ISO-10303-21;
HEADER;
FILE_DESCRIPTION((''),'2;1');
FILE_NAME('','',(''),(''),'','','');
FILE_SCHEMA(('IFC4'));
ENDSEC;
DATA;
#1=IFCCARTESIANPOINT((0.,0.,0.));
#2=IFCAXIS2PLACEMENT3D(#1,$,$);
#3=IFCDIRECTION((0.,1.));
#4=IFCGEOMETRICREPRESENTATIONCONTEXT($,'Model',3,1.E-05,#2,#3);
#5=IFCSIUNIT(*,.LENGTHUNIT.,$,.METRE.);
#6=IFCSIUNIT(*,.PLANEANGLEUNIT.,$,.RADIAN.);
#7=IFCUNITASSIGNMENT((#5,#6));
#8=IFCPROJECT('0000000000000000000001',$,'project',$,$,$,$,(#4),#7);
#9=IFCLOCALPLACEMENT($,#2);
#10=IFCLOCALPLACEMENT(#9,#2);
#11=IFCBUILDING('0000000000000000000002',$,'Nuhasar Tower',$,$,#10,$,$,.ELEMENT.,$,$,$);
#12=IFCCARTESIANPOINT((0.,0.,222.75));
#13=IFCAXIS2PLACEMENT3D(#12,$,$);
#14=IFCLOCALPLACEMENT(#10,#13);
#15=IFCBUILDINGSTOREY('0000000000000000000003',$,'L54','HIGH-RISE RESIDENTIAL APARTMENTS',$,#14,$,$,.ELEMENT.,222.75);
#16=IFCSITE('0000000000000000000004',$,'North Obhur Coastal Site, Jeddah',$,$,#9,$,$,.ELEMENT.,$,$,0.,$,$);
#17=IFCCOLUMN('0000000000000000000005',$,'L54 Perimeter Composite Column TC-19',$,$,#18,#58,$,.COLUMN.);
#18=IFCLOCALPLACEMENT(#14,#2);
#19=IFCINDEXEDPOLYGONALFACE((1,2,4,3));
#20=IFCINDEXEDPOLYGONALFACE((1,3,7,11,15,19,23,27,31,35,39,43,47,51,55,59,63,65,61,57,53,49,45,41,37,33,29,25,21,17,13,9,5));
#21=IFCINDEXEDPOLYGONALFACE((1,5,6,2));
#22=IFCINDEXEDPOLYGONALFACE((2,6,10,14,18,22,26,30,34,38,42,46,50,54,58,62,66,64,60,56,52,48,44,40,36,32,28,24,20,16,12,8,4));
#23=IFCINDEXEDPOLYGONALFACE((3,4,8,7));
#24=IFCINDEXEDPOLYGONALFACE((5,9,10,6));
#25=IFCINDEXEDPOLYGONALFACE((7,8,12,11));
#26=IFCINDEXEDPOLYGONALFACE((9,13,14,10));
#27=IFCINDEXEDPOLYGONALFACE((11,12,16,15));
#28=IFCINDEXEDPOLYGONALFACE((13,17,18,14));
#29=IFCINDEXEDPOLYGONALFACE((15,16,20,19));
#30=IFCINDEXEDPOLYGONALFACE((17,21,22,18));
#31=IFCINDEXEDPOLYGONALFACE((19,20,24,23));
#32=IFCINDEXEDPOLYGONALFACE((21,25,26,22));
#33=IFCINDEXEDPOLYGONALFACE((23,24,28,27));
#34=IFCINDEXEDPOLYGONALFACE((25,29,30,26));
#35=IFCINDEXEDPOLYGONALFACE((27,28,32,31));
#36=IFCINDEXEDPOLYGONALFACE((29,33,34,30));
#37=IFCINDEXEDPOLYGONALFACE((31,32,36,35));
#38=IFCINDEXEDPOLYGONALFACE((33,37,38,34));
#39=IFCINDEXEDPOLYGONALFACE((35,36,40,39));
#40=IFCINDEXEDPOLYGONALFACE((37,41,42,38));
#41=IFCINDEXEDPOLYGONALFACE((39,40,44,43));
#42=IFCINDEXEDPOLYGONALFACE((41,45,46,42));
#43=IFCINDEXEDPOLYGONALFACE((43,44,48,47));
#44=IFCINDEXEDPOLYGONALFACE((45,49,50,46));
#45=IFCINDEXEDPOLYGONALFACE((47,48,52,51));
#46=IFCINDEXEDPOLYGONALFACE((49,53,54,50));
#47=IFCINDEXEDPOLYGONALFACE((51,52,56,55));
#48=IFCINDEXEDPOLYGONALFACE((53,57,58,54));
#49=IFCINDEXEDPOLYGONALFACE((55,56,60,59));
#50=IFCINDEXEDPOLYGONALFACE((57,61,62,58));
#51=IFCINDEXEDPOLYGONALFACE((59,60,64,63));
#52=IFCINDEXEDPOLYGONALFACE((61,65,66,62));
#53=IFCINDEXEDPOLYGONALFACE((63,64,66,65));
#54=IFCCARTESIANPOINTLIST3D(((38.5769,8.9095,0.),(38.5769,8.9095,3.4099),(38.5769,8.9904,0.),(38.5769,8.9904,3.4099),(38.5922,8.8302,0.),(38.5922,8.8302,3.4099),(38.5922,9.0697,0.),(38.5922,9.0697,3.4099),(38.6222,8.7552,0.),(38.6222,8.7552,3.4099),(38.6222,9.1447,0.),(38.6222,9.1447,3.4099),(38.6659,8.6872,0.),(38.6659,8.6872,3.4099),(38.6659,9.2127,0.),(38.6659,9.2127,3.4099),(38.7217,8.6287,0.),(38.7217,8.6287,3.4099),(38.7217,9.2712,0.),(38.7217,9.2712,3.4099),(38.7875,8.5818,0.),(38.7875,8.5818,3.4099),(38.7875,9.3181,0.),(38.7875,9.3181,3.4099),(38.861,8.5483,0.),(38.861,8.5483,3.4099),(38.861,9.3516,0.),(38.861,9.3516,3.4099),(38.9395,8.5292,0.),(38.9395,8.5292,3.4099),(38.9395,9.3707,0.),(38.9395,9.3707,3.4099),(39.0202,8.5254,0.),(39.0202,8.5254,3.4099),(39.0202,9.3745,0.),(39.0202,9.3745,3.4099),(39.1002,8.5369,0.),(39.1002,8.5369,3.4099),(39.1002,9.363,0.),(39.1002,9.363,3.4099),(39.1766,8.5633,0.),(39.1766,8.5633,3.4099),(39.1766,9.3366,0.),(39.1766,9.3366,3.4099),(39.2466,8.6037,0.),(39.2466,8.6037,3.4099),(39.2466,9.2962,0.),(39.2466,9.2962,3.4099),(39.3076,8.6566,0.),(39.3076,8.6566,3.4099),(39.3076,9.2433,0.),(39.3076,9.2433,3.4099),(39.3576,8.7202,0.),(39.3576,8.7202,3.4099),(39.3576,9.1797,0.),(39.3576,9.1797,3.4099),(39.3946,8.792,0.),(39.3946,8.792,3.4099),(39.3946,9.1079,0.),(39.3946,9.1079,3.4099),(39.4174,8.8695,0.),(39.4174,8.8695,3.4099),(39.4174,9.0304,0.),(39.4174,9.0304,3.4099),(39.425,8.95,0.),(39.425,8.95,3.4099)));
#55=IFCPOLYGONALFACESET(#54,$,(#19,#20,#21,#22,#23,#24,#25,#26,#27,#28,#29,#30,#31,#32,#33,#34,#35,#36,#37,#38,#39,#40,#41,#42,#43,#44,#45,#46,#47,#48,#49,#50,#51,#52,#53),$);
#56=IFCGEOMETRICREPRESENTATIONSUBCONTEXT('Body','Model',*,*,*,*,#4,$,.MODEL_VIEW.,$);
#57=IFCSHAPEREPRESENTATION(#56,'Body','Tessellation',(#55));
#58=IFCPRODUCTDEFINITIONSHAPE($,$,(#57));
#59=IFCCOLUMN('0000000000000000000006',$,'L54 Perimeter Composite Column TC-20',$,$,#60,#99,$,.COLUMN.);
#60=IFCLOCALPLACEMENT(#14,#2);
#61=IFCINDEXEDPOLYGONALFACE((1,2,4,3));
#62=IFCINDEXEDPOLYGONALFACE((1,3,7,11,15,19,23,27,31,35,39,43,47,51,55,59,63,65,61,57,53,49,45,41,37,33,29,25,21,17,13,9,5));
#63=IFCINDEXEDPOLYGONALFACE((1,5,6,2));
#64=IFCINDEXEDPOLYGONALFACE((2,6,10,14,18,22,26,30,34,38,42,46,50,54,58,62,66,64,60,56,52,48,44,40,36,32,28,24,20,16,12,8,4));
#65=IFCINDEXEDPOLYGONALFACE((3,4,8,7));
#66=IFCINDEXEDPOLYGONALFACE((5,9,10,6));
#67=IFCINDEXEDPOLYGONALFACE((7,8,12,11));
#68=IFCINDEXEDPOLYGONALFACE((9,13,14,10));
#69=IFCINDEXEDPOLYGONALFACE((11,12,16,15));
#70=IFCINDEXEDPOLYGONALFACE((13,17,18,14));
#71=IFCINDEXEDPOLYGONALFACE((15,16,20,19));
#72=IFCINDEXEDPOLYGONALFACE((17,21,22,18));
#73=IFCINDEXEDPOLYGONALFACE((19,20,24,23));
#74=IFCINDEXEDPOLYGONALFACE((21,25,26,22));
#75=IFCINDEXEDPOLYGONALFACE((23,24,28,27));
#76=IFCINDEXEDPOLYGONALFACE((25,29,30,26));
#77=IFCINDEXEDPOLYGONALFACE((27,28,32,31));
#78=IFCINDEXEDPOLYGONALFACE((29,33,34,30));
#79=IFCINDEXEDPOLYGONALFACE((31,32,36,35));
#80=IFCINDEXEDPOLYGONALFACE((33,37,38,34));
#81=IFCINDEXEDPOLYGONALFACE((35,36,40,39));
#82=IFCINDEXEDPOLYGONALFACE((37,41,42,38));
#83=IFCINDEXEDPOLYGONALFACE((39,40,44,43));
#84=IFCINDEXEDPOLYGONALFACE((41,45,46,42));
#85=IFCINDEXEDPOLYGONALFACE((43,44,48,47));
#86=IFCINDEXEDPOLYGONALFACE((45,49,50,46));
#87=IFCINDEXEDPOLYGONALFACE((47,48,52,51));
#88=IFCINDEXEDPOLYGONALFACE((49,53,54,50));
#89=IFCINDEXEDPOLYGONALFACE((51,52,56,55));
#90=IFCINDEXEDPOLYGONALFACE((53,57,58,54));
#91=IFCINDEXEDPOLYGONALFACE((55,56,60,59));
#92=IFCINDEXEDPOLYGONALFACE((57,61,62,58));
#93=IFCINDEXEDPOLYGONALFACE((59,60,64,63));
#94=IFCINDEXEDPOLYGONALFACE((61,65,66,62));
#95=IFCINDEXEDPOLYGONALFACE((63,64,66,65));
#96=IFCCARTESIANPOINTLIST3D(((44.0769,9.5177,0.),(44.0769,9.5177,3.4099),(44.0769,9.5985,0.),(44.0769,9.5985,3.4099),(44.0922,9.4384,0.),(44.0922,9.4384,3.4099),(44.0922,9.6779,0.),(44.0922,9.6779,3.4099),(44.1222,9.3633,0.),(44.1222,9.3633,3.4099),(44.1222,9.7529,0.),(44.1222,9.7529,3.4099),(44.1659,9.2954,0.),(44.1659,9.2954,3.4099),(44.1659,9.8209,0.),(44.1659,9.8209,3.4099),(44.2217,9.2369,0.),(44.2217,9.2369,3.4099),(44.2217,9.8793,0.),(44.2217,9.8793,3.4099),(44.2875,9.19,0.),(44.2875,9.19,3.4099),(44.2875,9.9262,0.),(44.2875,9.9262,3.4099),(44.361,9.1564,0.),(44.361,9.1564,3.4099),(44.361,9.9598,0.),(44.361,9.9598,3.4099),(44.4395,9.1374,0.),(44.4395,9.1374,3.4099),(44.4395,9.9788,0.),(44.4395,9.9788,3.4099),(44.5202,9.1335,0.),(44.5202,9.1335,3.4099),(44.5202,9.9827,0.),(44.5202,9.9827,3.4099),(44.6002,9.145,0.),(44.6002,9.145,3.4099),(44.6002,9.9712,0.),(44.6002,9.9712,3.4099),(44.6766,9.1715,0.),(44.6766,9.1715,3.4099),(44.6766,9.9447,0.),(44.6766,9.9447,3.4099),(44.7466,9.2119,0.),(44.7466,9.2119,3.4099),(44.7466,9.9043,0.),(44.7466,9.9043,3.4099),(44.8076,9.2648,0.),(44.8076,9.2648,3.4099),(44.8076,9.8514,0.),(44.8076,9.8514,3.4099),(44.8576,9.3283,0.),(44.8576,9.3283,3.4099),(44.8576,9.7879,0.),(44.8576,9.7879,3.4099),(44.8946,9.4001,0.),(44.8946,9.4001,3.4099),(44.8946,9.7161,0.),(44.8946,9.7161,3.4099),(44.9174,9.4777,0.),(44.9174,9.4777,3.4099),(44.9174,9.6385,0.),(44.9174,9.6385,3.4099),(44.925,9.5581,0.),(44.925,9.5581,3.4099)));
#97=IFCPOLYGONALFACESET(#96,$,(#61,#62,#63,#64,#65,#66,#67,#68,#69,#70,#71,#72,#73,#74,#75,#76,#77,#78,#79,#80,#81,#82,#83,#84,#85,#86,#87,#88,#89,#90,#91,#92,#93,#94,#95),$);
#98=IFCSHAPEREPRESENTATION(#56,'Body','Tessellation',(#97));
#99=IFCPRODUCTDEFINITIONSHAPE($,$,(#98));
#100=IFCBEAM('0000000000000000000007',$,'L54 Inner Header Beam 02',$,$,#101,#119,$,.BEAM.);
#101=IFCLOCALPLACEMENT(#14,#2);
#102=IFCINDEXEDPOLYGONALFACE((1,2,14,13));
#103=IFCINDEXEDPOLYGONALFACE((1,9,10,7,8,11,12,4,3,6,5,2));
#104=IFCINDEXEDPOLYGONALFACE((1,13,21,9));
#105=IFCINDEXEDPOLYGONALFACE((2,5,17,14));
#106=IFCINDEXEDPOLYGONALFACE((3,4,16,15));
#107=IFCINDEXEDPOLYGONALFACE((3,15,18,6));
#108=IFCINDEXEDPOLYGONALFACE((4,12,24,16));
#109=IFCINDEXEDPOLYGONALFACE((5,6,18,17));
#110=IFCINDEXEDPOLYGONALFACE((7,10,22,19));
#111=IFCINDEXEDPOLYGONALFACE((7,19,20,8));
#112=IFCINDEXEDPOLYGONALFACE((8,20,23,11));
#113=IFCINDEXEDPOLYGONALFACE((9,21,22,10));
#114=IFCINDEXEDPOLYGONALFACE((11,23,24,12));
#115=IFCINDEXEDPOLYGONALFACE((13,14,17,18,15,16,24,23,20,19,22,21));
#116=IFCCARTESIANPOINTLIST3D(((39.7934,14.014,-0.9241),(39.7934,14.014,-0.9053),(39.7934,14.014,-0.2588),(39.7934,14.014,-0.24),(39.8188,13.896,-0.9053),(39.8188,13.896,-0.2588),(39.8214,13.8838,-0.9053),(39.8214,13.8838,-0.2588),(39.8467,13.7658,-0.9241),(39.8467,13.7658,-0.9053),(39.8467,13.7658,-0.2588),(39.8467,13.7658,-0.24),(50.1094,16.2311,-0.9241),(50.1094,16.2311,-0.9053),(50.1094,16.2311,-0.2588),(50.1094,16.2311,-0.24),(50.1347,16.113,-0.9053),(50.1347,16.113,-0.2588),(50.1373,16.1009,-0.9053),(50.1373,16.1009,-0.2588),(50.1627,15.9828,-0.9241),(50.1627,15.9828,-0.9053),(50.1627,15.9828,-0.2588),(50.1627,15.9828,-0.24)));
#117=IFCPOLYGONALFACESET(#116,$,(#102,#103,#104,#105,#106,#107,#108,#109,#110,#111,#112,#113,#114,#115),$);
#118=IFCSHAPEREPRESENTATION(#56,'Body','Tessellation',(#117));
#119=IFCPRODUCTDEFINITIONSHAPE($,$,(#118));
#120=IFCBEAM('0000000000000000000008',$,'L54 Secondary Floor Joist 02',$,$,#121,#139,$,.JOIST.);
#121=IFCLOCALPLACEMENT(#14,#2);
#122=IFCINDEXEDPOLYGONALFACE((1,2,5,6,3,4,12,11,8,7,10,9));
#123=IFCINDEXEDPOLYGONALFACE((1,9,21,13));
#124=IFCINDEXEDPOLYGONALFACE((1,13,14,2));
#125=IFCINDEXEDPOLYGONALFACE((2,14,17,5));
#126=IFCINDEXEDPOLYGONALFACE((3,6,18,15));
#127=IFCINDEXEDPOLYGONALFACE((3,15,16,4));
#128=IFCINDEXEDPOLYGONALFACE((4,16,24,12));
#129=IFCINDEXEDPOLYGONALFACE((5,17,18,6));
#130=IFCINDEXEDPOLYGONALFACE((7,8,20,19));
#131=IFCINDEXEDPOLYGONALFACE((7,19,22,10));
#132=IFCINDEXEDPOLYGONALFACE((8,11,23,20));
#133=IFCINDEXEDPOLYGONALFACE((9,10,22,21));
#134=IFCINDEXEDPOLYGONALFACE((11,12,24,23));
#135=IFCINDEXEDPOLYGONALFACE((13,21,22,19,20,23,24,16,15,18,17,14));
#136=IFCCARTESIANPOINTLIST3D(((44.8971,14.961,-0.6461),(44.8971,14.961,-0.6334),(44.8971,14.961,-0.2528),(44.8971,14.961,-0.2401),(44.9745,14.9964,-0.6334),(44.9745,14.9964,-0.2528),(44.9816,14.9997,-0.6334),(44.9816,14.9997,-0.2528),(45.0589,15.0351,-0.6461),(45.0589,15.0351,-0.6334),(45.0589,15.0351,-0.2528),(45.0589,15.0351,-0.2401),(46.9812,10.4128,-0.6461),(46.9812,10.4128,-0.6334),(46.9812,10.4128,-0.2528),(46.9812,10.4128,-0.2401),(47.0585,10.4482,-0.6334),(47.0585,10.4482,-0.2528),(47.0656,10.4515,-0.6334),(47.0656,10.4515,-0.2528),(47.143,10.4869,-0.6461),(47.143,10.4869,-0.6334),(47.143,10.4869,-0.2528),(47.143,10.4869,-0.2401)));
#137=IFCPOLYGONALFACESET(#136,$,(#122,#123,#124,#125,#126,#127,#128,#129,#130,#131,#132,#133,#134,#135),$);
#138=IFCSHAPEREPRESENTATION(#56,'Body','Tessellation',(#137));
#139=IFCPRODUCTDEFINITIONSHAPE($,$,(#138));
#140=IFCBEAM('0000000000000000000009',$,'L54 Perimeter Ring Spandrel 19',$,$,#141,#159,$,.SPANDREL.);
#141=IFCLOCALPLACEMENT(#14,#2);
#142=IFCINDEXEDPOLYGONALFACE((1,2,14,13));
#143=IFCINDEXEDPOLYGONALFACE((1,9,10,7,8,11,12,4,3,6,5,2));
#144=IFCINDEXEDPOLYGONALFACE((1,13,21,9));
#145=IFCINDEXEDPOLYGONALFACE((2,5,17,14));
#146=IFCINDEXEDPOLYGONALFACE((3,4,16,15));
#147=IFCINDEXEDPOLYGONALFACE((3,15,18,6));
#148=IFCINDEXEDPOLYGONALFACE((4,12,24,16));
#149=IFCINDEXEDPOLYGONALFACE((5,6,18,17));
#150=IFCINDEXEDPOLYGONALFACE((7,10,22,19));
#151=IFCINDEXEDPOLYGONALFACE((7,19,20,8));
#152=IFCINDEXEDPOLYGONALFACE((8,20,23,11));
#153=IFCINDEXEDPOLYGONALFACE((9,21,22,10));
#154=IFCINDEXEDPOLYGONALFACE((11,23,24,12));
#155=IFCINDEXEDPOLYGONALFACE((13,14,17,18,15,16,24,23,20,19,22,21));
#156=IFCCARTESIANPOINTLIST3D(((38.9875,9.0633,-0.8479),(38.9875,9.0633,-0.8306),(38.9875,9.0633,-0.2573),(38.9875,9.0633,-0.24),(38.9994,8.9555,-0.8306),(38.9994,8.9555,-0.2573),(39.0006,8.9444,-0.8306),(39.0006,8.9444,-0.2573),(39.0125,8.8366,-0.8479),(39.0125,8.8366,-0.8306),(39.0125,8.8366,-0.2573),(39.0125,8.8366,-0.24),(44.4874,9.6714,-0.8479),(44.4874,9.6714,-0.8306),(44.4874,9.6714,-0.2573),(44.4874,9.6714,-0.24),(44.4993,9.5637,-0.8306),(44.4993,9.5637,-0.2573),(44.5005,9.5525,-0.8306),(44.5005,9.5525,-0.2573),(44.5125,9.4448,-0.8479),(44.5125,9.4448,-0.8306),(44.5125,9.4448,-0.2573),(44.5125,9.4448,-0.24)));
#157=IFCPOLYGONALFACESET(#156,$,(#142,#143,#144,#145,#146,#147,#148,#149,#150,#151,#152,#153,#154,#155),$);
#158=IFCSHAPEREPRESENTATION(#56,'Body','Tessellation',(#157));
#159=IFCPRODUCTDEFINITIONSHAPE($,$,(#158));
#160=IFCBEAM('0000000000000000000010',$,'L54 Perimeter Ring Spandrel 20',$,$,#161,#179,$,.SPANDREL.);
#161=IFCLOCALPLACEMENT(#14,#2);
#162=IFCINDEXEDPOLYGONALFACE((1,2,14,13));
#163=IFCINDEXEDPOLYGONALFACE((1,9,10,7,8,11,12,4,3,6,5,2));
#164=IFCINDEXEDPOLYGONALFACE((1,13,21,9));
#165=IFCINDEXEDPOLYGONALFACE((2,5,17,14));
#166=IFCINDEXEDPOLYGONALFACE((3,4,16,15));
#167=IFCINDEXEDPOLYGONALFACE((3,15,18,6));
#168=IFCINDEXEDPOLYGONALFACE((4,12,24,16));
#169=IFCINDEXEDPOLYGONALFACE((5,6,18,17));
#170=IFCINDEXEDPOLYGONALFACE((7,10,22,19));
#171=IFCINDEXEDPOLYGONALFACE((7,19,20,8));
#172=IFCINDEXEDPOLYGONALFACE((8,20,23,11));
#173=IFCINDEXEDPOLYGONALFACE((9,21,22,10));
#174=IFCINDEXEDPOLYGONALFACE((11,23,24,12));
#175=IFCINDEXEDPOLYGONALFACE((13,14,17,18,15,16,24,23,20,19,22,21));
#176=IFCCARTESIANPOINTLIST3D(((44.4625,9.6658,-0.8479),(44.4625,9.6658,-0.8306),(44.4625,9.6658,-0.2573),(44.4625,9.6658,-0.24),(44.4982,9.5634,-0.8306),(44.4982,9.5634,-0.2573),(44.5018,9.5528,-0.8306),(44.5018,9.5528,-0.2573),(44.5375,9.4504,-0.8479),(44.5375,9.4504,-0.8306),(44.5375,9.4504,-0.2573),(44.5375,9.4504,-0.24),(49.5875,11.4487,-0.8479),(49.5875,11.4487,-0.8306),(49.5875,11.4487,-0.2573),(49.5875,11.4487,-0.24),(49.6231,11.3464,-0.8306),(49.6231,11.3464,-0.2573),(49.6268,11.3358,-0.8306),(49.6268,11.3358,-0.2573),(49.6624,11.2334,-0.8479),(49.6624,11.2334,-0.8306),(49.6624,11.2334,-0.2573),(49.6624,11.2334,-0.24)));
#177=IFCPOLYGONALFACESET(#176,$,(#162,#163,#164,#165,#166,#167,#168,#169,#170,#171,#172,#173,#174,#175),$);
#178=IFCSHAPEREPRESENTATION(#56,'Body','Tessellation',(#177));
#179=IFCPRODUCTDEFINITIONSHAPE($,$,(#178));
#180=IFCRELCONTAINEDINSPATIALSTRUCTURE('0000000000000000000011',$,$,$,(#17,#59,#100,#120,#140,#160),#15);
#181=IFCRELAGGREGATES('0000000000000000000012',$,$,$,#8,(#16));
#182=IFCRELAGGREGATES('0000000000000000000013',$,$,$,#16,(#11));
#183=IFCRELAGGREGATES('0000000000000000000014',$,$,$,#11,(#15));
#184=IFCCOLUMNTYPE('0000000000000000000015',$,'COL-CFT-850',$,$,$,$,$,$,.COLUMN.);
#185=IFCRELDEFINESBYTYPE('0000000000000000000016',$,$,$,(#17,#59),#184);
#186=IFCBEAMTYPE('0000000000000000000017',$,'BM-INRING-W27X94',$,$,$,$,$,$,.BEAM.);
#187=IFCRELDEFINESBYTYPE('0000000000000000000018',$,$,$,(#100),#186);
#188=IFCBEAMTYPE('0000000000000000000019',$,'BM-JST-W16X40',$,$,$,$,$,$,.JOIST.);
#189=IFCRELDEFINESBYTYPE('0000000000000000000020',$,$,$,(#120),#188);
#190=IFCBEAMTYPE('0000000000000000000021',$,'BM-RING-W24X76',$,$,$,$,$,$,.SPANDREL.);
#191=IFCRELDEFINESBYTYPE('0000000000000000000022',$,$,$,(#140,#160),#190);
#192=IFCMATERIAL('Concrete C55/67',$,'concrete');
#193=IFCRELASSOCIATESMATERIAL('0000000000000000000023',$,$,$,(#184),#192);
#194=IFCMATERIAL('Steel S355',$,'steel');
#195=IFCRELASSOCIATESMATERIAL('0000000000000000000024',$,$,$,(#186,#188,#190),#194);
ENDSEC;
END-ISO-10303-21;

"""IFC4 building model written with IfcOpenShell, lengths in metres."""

from ifc_helpers import new_model, si_unit, direction, frame, origin, origin_2d, place, context, subcontext, project, spatial, circle, i_section, extrude, material, material_profile, profile_set, type_object, element, save


model = new_model("IFC4")

# Units and contexts
model_context = context("Model", 3, precision=1e-05, world=origin(), true_north=direction((0.0, 1.0)))
body_context = subcontext(model_context, "Body", "Model", "MODEL_VIEW")
ifc_project = project(units=[si_unit("LENGTHUNIT", "METRE"), si_unit("PLANEANGLEUNIT", "RADIAN")], contexts=[model_context])

# Site, building, storey
site_placement = place(None, origin())
site = spatial("IfcSite", under=ifc_project, at=site_placement, Name="North Obhur Coastal Site, Jeddah", CompositionType="ELEMENT", RefElevation=0.0)
building_placement = place(site_placement, origin())
building = spatial("IfcBuilding", under=site, at=building_placement, Name="Nuhasar Tower", CompositionType="ELEMENT")
storey_placement = place(building_placement, frame((0.0, 0.0, 222.75)))
storey = spatial("IfcBuildingStorey", under=building, at=storey_placement, Name="L54", Description="HIGH-RISE RESIDENTIAL APARTMENTS", CompositionType="ELEMENT", Elevation=222.75)

# Columns
ifc_material_1 = material(Name="Concrete C55/67", Category="concrete")
ifc_material_profile_1 = material_profile(ifc_material_1, circle(Radius=0.425, at=origin_2d()), Name="CFT850")
ifc_profile_set_1 = profile_set([ifc_material_profile_1], Name="Concrete C55/67")
column_type = type_object("IfcColumnType", Name="COL-CFT-850", PredefinedType="COLUMN", material=ifc_profile_set_1)
for number, where, z_axis, x_axis, name in (
    (1, (39.0, 8.95, 0.0), (0.0, 0.0, 1.0), (1.0, 0.0, 0.0), "L54 Perimeter Composite Column TC-19"),
    (2, (44.5, 9.5581, 0.0), (0.0, 0.0, 1.0), (1.0, 0.0, 0.0), "L54 Perimeter Composite Column TC-20"),
):
    element("IfcColumn", number, at=place(storey_placement, frame(where, z_axis=z_axis, x_axis=x_axis)), inside=storey, type_object=column_type, Name=name, PredefinedType="COLUMN", context=body_context, shape_type="SweptSolid", body=[
        extrude(circle(Radius=0.425, at=origin_2d()), origin(), (0.0, 0.0, 1.0), 3.4099),
    ])

# Beams
ifc_material_2 = material(Name="Steel S355", Category="steel")
ifc_material_profile_2 = material_profile(ifc_material_2, i_section(OverallWidth=0.2539, OverallDepth=0.6841, WebThickness=0.0125, FlangeThickness=0.0188, at=origin_2d()), Name="W27X94")
ifc_profile_set_2 = profile_set([ifc_material_profile_2], Name="Steel S355")
beam_type_1 = type_object("IfcBeamType", Name="BM-INRING-W27X94", PredefinedType="BEAM", material=ifc_profile_set_2)
beam_1_placement = place(storey_placement, frame((39.8201, 13.8899, -0.582), z_axis=(0.977676, 0.210117, 0.0), x_axis=(-0.210117, 0.977676, 0.0)))
element("IfcBeam", 3, at=beam_1_placement, inside=storey, type_object=beam_type_1, Name="L54 Inner Header Beam 02", PredefinedType="BEAM", context=body_context, shape_type="SweptSolid", body=[
    extrude(i_section(OverallWidth=0.2539, OverallDepth=0.6841, WebThickness=0.0125, FlangeThickness=0.0188, at=origin_2d()), origin(), (0.0, 0.0, 1.0), 10.5515),
])
ifc_material_profile_3 = material_profile(ifc_material_2, i_section(OverallWidth=0.178, OverallDepth=0.406, WebThickness=0.0078, FlangeThickness=0.0127, at=origin_2d()), Name="W16X40")
ifc_profile_set_3 = profile_set([ifc_material_profile_3], Name="Steel S355")
beam_type_2 = type_object("IfcBeamType", Name="BM-JST-W16X40", PredefinedType="JOIST", material=ifc_profile_set_3)
beam_2_placement = place(storey_placement, frame((44.978, 14.998, -0.4431), z_axis=(0.416562, -0.909107, 0.0), x_axis=(0.909107, 0.416562, 0.0)))
element("IfcBeam", 4, at=beam_2_placement, inside=storey, type_object=beam_type_2, Name="L54 Secondary Floor Joist 02", PredefinedType="JOIST", context=body_context, shape_type="SweptSolid", body=[
    extrude(i_section(OverallWidth=0.178, OverallDepth=0.406, WebThickness=0.0078, FlangeThickness=0.0127, at=origin_2d()), origin(), (0.0, 0.0, 1.0), 5.0029),
])
ifc_material_profile_4 = material_profile(ifc_material_2, i_section(OverallWidth=0.228, OverallDepth=0.6079, WebThickness=0.0112, FlangeThickness=0.0173, at=origin_2d()), Name="W24X76")
ifc_profile_set_4 = profile_set([ifc_material_profile_4], Name="Steel S355")
beam_type_3 = type_object("IfcBeamType", Name="BM-RING-W24X76", PredefinedType="SPANDREL", material=ifc_profile_set_4)
beam_3_placement = place(storey_placement, frame((39.0, 8.95, -0.5439), z_axis=(0.993942, 0.109904, 0.0), x_axis=(-0.109904, 0.993942, 0.0)))
element("IfcBeam", 5, at=beam_3_placement, inside=storey, type_object=beam_type_3, Name="L54 Perimeter Ring Spandrel 19", PredefinedType="SPANDREL", context=body_context, shape_type="SweptSolid", body=[
    extrude(i_section(OverallWidth=0.228, OverallDepth=0.6079, WebThickness=0.0112, FlangeThickness=0.0173, at=origin_2d()), origin(), (0.0, 0.0, 1.0), 5.5334),
])
beam_4_placement = place(storey_placement, frame((44.5, 9.5581, -0.5439), z_axis=(0.944477, 0.328578, 0.0), x_axis=(-0.328578, 0.944477, 0.0)))
element("IfcBeam", 6, at=beam_4_placement, inside=storey, type_object=beam_type_3, Name="L54 Perimeter Ring Spandrel 20", PredefinedType="SPANDREL", context=body_context, shape_type="SweptSolid", body=[
    extrude(i_section(OverallWidth=0.228, OverallDepth=0.6079, WebThickness=0.0112, FlangeThickness=0.0173, at=origin_2d()), origin(), (0.0, 0.0, 1.0), 5.4263),
])

save(model, "model.ifc")
